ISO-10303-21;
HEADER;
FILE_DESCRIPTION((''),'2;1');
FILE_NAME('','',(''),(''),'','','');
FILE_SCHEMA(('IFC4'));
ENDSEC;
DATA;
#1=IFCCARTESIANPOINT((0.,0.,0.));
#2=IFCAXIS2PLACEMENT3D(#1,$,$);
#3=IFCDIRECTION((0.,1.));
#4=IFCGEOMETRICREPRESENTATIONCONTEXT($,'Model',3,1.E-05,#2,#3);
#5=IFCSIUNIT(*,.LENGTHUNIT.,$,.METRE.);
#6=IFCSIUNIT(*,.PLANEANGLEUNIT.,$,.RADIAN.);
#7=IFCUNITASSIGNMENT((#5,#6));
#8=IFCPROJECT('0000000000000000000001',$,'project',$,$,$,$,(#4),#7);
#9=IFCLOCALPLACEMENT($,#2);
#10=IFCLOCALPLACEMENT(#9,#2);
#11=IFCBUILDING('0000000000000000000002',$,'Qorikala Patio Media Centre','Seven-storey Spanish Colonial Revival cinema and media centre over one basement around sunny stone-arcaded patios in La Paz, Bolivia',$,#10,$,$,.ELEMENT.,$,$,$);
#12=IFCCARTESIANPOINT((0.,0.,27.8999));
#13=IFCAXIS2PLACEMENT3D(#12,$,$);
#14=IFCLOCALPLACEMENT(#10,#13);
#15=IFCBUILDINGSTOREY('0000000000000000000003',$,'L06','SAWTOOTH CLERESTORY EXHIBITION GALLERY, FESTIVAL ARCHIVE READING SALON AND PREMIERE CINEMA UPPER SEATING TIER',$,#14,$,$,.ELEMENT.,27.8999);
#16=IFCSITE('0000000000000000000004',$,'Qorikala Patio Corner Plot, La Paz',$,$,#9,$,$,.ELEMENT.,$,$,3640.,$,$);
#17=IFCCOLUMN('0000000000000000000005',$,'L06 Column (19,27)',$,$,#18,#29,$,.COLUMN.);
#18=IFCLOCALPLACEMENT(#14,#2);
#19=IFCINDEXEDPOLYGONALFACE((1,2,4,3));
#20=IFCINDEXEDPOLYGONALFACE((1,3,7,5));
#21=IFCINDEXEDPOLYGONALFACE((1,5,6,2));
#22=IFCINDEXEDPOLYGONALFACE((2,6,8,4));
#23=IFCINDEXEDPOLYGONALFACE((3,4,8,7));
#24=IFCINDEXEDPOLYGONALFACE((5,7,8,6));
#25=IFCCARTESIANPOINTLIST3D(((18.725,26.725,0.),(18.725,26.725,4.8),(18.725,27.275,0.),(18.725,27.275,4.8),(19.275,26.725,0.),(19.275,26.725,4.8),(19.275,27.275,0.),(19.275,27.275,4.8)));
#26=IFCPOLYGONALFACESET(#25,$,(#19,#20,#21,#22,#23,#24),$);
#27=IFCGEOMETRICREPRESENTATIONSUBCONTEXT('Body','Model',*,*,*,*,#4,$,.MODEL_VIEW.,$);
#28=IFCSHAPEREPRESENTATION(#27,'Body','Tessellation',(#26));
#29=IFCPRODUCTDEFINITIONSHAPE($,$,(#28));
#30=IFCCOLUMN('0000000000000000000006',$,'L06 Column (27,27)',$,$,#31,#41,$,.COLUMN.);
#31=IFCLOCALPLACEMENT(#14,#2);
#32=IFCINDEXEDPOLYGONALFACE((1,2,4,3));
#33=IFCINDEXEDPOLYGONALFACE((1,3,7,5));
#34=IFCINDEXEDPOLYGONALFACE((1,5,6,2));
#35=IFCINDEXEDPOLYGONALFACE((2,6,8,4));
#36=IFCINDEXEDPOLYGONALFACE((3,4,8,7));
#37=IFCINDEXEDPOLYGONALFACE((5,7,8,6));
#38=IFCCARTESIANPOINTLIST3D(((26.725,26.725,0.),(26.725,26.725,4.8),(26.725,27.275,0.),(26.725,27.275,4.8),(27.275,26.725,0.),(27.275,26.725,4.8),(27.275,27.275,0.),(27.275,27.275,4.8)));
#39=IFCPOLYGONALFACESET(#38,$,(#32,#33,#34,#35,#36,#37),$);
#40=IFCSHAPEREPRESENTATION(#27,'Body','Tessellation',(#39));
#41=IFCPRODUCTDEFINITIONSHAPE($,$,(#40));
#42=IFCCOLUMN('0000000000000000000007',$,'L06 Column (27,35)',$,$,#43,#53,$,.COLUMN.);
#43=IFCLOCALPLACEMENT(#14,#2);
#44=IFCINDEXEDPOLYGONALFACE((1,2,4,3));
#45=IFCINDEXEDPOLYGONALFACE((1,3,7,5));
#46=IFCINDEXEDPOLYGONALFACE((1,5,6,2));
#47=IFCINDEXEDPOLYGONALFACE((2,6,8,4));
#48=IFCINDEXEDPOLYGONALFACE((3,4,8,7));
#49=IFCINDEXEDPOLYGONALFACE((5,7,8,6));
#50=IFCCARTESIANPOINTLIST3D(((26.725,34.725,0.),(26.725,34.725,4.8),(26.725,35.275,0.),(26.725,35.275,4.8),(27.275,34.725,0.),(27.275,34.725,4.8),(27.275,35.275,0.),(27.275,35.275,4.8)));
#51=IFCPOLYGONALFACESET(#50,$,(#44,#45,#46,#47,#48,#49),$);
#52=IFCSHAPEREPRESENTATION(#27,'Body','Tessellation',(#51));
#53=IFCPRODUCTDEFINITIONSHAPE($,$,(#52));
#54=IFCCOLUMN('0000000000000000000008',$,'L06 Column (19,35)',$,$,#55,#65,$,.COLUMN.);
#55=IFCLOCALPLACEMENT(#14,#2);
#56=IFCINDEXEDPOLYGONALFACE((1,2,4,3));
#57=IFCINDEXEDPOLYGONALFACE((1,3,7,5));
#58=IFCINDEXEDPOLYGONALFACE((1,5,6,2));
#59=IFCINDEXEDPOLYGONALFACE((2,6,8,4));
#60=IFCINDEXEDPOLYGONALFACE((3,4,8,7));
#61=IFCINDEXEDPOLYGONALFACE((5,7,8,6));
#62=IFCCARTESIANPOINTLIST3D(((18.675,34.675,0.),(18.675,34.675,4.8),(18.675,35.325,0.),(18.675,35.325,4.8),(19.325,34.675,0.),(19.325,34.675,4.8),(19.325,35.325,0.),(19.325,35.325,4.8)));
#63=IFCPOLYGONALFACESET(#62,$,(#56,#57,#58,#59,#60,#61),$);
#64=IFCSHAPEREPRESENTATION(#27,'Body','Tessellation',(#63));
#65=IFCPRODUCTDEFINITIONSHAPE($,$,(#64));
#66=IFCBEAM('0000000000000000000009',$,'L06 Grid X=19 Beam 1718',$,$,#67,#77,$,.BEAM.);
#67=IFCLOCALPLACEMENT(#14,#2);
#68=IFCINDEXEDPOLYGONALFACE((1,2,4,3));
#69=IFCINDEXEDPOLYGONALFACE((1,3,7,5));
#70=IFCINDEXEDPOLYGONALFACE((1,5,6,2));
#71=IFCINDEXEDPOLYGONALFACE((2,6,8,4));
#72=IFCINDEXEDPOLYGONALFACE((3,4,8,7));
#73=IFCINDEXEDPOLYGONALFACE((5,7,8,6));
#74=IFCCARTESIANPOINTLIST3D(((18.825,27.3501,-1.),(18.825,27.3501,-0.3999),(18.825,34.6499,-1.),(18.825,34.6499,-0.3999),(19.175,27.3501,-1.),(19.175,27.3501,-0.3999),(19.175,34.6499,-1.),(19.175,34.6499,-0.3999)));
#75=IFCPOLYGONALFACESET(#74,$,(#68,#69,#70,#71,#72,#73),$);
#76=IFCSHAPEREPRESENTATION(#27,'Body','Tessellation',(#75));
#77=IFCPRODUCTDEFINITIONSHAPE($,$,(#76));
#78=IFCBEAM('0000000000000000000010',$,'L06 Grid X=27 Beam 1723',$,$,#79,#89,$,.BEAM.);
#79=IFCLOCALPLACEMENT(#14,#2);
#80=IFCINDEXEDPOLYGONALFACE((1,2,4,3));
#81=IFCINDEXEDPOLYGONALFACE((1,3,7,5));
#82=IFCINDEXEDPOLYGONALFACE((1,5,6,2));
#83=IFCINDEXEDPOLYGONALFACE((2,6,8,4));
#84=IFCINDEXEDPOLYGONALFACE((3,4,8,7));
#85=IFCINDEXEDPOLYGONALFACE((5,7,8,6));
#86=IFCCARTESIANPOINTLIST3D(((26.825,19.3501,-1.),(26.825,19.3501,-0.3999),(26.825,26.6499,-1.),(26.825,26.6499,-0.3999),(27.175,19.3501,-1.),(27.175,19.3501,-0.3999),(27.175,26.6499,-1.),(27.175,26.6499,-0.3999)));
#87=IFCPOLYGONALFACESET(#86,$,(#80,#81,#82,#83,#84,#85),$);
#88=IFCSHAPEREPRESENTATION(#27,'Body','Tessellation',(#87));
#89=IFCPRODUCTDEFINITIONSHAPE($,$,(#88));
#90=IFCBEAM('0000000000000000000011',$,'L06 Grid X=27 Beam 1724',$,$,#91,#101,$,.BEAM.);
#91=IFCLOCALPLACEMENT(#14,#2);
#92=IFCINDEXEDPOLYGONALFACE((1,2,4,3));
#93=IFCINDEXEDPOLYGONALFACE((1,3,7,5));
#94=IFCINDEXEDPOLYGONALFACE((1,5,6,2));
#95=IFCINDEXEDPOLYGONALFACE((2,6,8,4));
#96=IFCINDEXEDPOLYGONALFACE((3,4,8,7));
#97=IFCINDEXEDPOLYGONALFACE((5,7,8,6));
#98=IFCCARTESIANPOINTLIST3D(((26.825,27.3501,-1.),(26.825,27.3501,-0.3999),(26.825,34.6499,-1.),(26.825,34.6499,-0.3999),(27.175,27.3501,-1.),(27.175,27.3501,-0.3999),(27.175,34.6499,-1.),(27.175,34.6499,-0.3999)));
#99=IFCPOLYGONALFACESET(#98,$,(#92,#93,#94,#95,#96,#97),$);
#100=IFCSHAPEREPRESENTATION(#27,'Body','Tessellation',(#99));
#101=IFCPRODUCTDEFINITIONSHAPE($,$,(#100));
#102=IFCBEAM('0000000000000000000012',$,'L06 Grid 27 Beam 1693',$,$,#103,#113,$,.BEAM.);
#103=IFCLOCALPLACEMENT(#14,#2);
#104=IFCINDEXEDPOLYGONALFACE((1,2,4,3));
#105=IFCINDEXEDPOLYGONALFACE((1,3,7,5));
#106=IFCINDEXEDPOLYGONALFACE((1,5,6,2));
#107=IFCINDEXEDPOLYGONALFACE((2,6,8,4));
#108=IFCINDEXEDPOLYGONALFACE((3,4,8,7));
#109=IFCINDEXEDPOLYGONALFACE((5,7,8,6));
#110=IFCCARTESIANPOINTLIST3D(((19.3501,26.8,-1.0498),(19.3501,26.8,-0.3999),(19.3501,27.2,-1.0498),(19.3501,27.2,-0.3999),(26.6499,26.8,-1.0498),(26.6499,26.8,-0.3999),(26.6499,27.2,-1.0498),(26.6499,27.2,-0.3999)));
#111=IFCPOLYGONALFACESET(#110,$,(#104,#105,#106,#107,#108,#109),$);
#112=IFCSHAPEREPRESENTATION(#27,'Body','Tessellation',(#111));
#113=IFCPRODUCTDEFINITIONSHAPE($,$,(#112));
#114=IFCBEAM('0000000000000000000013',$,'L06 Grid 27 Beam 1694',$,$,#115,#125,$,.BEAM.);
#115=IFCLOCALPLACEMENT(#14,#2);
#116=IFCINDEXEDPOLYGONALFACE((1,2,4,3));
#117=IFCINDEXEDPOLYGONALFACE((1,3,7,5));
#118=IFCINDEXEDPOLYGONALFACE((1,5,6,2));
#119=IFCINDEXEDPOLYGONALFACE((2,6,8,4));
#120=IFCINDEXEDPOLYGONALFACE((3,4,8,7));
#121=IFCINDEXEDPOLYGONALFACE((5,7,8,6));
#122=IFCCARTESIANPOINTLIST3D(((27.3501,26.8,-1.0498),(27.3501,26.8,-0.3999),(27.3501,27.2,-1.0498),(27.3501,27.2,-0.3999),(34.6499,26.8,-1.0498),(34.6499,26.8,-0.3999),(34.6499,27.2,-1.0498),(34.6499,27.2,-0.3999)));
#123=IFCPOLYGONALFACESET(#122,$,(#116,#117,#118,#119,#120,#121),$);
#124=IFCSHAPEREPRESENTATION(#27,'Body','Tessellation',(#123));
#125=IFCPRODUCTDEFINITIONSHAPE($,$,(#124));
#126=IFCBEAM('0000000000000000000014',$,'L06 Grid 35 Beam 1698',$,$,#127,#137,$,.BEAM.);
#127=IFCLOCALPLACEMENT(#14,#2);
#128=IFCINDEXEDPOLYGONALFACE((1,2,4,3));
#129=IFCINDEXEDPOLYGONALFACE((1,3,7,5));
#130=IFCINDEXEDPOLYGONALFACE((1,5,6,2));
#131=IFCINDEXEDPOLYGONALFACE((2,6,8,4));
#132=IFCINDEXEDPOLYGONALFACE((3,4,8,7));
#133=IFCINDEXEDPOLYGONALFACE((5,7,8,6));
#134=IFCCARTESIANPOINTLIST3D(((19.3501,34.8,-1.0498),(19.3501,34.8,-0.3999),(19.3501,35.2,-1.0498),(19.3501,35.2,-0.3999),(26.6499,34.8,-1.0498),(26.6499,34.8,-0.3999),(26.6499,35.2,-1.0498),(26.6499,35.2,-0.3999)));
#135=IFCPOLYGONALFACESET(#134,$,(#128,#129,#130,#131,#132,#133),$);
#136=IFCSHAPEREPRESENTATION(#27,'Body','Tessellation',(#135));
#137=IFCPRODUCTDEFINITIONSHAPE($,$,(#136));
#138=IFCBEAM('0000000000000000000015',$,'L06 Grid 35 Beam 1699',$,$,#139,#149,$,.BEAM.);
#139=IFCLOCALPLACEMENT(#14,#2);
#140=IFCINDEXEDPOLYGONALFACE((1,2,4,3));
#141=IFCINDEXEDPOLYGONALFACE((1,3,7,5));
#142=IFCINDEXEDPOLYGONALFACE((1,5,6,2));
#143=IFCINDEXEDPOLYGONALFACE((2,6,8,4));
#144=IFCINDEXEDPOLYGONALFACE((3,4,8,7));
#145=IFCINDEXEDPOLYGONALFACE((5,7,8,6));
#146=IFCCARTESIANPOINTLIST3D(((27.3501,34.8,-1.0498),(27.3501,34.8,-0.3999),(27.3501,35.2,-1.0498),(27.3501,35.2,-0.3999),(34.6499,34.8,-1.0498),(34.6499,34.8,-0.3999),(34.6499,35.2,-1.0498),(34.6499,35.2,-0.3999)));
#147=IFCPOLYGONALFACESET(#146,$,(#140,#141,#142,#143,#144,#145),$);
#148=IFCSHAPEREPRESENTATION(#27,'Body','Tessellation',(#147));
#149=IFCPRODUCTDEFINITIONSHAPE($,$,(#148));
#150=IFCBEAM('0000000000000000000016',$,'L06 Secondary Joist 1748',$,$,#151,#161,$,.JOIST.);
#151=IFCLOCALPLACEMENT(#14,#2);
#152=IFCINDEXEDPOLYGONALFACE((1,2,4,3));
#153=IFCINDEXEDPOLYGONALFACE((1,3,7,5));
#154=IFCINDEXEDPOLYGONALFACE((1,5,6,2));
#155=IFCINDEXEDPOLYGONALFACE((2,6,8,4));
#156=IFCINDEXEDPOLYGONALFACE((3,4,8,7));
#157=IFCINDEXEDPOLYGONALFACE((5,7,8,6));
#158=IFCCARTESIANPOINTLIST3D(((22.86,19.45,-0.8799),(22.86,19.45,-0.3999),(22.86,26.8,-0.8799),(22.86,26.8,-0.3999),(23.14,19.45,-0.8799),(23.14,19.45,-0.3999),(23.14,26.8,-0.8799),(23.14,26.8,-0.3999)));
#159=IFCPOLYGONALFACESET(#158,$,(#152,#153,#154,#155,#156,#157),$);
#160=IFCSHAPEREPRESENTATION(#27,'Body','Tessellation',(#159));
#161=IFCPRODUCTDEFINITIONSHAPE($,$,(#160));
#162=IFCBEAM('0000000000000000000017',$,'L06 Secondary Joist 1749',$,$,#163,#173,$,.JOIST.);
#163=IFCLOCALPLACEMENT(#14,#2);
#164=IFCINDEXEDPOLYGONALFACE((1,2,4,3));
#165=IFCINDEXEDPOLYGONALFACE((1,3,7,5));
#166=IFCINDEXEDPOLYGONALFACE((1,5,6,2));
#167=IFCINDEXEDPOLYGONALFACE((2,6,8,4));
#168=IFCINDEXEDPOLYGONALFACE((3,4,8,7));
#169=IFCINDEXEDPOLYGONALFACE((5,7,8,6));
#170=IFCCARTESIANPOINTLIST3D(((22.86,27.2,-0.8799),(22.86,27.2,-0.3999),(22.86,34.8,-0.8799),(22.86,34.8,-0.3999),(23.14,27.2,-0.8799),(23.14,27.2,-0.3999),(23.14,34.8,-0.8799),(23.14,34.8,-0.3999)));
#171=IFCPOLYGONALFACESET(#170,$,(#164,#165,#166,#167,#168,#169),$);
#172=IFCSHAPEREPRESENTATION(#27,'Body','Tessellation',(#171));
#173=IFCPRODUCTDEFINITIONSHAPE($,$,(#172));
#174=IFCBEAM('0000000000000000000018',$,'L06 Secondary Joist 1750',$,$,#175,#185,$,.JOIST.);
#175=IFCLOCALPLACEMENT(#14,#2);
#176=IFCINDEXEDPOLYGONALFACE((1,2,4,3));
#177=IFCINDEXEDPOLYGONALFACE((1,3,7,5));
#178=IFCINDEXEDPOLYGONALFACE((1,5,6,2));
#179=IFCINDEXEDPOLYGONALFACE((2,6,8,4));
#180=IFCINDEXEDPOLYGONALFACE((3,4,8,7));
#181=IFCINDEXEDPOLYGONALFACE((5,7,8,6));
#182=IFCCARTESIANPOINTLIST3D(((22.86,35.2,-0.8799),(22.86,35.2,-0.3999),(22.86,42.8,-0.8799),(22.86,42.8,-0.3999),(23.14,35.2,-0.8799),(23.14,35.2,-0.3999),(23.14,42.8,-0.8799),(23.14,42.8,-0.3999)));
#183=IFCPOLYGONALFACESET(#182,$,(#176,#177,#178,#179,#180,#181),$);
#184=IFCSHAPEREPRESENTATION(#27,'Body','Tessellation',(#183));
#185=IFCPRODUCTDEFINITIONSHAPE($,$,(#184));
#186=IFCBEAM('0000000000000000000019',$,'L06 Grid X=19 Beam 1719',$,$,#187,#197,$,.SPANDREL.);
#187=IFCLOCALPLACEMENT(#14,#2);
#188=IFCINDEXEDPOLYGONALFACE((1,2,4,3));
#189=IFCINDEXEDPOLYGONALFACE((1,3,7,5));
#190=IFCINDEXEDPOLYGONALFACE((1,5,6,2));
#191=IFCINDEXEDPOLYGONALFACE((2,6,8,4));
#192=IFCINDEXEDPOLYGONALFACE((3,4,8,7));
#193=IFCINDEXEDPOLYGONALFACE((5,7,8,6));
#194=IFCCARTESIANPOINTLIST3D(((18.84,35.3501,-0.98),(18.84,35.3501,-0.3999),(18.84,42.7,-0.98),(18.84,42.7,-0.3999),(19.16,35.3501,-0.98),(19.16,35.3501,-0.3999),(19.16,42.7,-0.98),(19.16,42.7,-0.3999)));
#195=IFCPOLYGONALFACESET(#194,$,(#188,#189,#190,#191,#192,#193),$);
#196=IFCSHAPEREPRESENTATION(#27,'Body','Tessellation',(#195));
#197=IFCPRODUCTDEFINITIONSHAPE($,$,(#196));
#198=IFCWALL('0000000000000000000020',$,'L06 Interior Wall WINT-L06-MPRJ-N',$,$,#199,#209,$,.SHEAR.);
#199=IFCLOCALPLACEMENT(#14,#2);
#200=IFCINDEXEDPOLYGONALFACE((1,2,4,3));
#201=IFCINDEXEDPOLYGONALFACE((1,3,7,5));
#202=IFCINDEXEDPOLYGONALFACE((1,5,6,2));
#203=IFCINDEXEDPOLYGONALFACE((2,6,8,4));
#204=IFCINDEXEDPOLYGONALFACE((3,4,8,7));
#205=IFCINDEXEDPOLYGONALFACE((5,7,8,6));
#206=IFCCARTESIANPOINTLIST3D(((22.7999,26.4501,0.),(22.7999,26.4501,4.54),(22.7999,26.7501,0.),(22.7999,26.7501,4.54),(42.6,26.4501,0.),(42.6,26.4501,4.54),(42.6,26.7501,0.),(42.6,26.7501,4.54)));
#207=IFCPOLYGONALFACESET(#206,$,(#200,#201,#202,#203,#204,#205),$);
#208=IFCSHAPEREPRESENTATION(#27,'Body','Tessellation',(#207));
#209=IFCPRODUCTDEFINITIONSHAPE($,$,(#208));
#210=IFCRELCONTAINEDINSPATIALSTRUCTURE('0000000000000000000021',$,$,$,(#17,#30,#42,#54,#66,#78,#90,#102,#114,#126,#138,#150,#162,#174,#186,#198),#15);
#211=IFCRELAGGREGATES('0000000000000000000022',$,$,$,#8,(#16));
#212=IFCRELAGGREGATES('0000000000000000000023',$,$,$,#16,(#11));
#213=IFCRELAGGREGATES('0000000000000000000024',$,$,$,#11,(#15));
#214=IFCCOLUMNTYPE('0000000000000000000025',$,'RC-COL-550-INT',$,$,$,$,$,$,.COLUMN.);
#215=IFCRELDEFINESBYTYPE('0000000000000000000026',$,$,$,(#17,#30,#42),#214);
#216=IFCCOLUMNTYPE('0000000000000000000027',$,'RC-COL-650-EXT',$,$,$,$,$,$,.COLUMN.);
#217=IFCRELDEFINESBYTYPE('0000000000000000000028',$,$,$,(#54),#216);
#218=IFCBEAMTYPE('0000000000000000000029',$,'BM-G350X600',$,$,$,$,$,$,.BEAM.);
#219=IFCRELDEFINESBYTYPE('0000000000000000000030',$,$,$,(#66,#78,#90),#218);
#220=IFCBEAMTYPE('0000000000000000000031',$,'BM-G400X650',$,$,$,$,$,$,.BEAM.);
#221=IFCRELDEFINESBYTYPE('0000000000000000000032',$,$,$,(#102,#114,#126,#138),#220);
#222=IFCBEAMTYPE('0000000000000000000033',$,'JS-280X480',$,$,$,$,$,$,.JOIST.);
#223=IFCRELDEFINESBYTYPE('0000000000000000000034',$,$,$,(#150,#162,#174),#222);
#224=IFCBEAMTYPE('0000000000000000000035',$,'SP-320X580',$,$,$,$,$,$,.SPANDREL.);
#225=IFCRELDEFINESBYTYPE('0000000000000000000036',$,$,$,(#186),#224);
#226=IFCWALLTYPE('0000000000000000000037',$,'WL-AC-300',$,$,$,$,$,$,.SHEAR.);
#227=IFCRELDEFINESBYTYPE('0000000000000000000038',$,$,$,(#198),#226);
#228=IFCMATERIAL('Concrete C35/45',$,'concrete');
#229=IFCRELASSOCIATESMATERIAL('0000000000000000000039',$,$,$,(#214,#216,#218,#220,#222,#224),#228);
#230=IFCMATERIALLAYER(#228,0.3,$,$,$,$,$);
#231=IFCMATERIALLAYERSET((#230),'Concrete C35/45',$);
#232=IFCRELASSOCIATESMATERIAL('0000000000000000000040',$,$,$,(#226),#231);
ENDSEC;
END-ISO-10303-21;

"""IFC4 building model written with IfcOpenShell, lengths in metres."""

from ifc_helpers import new_model, si_unit, direction, frame, frame_2d, origin, origin_2d, place, context, subcontext, project, spatial, rectangle, extrude, material, layer, layer_set, material_profile, profile_set, type_object, element, save


model = new_model("IFC4")

# Units and contexts
model_context = context("Model", 3, precision=1e-05, world=origin(), true_north=direction((0.0, 1.0)))
body_context = subcontext(model_context, "Body", "Model", "MODEL_VIEW")
ifc_project = project(units=[si_unit("LENGTHUNIT", "METRE"), si_unit("PLANEANGLEUNIT", "RADIAN")], contexts=[model_context])

# Site, building, storey
site_placement = place(None, origin())
site = spatial("IfcSite", under=ifc_project, at=site_placement, Name="Qorikala Patio Corner Plot, La Paz", CompositionType="ELEMENT", RefElevation=3640.0)
building_placement = place(site_placement, origin())
building = spatial("IfcBuilding", under=site, at=building_placement, Name="Qorikala Patio Media Centre", Description="Seven-storey Spanish Colonial Revival cinema and media centre over one basement around sunny stone-arcaded patios in La Paz, Bolivia", CompositionType="ELEMENT")
storey_placement = place(building_placement, frame((0.0, 0.0, 27.8999)))
storey = spatial("IfcBuildingStorey", under=building, at=storey_placement, Name="L06", Description="SAWTOOTH CLERESTORY EXHIBITION GALLERY, FESTIVAL ARCHIVE READING SALON AND PREMIERE CINEMA UPPER SEATING TIER", CompositionType="ELEMENT", Elevation=27.8999)

# Columns
ifc_material_1 = material(Name="Concrete C35/45", Category="concrete")
ifc_material_profile_1 = material_profile(ifc_material_1, rectangle(XDim=0.55, YDim=0.55, at=origin_2d()), Name="RC 550x550")
ifc_profile_set_1 = profile_set([ifc_material_profile_1], Name="Concrete C35/45")
column_type_1 = type_object("IfcColumnType", Name="RC-COL-550-INT", PredefinedType="COLUMN", material=ifc_profile_set_1)
for number, where, z_axis, x_axis, name in (
    (1, (19.0, 27.0, 0.0), (0.0, 0.0, 1.0), (1.0, 0.0, 0.0), "L06 Column (19,27)"),
    (2, (27.0, 27.0, 0.0), (0.0, 0.0, 1.0), (1.0, 0.0, 0.0), "L06 Column (27,27)"),
    (3, (27.0, 35.0, 0.0), (0.0, 0.0, 1.0), (1.0, 0.0, 0.0), "L06 Column (27,35)"),
):
    element("IfcColumn", number, at=place(storey_placement, frame(where, z_axis=z_axis, x_axis=x_axis)), inside=storey, type_object=column_type_1, Name=name, PredefinedType="COLUMN", context=body_context, shape_type="SweptSolid", body=[
        extrude(rectangle(XDim=0.55, YDim=0.55, at=origin_2d()), origin(), (0.0, 0.0, 1.0), 4.8),
    ])
ifc_material_profile_2 = material_profile(ifc_material_1, rectangle(XDim=0.6499, YDim=0.6499, at=origin_2d()), Name="RC 650x650")
ifc_profile_set_2 = profile_set([ifc_material_profile_2], Name="Concrete C35/45")
column_type_2 = type_object("IfcColumnType", Name="RC-COL-650-EXT", PredefinedType="COLUMN", material=ifc_profile_set_2)
column_placement = place(storey_placement, frame((19.0, 35.0, 0.0), z_axis=(0.0, 0.0, 1.0), x_axis=(1.0, 0.0, 0.0)))
element("IfcColumn", 4, at=column_placement, inside=storey, type_object=column_type_2, Name="L06 Column (19,35)", PredefinedType="COLUMN", context=body_context, shape_type="SweptSolid", body=[
    extrude(rectangle(XDim=0.6499, YDim=0.6499, at=origin_2d()), origin(), (0.0, 0.0, 1.0), 4.8),
])

# Beams
ifc_material_profile_3 = material_profile(ifc_material_1, rectangle(XDim=0.3501, YDim=0.6001, at=origin_2d()), Name="RC 350x600")
ifc_profile_set_3 = profile_set([ifc_material_profile_3], Name="Concrete C35/45")
beam_type_1 = type_object("IfcBeamType", Name="BM-G350X600", PredefinedType="BEAM", material=ifc_profile_set_3)
for number, where, z_axis, x_axis, name in (
    (5, (19.0, 27.3501, -0.7), (0.0, 1.0, 0.0), (-1.0, 0.0, 0.0), "L06 Grid X=19 Beam 1718"),
    (6, (27.0, 19.3501, -0.7), (0.0, 1.0, 0.0), (-1.0, 0.0, 0.0), "L06 Grid X=27 Beam 1723"),
    (7, (27.0, 27.3501, -0.7), (0.0, 1.0, 0.0), (-1.0, 0.0, 0.0), "L06 Grid X=27 Beam 1724"),
):
    element("IfcBeam", number, at=place(storey_placement, frame(where, z_axis=z_axis, x_axis=x_axis)), inside=storey, type_object=beam_type_1, Name=name, PredefinedType="BEAM", context=body_context, shape_type="SweptSolid", body=[
        extrude(rectangle(XDim=0.3501, YDim=0.6001, at=origin_2d()), origin(), (0.0, 0.0, 1.0), 7.2998),
    ])
ifc_material_profile_4 = material_profile(ifc_material_1, rectangle(XDim=0.3999, YDim=0.6499, at=origin_2d()), Name="RC 400x650")
ifc_profile_set_4 = profile_set([ifc_material_profile_4], Name="Concrete C35/45")
beam_type_2 = type_object("IfcBeamType", Name="BM-G400X650", PredefinedType="BEAM", material=ifc_profile_set_4)
for number, where, z_axis, x_axis, name in (
    (8, (19.3501, 27.0, -0.7249), (1.0, 0.0, 0.0), (0.0, 1.0, 0.0), "L06 Grid 27 Beam 1693"),
    (9, (27.3501, 27.0, -0.7249), (1.0, 0.0, 0.0), (0.0, 1.0, 0.0), "L06 Grid 27 Beam 1694"),
    (10, (19.3501, 35.0, -0.7249), (1.0, 0.0, 0.0), (0.0, 1.0, 0.0), "L06 Grid 35 Beam 1698"),
    (11, (27.3501, 35.0, -0.7249), (1.0, 0.0, 0.0), (0.0, 1.0, 0.0), "L06 Grid 35 Beam 1699"),
):
    element("IfcBeam", number, at=place(storey_placement, frame(where, z_axis=z_axis, x_axis=x_axis)), inside=storey, type_object=beam_type_2, Name=name, PredefinedType="BEAM", context=body_context, shape_type="SweptSolid", body=[
        extrude(rectangle(XDim=0.3999, YDim=0.6499, at=origin_2d()), origin(), (0.0, 0.0, 1.0), 7.2998),
    ])
ifc_material_profile_5 = material_profile(ifc_material_1, rectangle(XDim=0.28, YDim=0.48, at=origin_2d()), Name="RC 280x480")
ifc_profile_set_5 = profile_set([ifc_material_profile_5], Name="Concrete C35/45")
beam_type_3 = type_object("IfcBeamType", Name="JS-280X480", PredefinedType="JOIST", material=ifc_profile_set_5)
beam_1_placement = place(storey_placement, frame((23.0, 19.45, -0.6399), z_axis=(0.0, 1.0, 0.0), x_axis=(-1.0, 0.0, 0.0)))
element("IfcBeam", 12, at=beam_1_placement, inside=storey, type_object=beam_type_3, Name="L06 Secondary Joist 1748", PredefinedType="JOIST", context=body_context, shape_type="SweptSolid", body=[
    extrude(rectangle(XDim=0.28, YDim=0.48, at=origin_2d()), origin(), (0.0, 0.0, 1.0), 7.3501),
])
for number, where, z_axis, x_axis, name in (
    (13, (23.0, 27.2, -0.6399), (0.0, 1.0, 0.0), (-1.0, 0.0, 0.0), "L06 Secondary Joist 1749"),
    (14, (23.0, 35.2, -0.6399), (0.0, 1.0, 0.0), (-1.0, 0.0, 0.0), "L06 Secondary Joist 1750"),
):
    element("IfcBeam", number, at=place(storey_placement, frame(where, z_axis=z_axis, x_axis=x_axis)), inside=storey, type_object=beam_type_3, Name=name, PredefinedType="JOIST", context=body_context, shape_type="SweptSolid", body=[
        extrude(rectangle(XDim=0.28, YDim=0.48, at=origin_2d()), origin(), (0.0, 0.0, 1.0), 7.6001),
    ])
ifc_material_profile_6 = material_profile(ifc_material_1, rectangle(XDim=0.3201, YDim=0.5801, at=origin_2d()), Name="RC 320x580")
ifc_profile_set_6 = profile_set([ifc_material_profile_6], Name="Concrete C35/45")
beam_type_4 = type_object("IfcBeamType", Name="SP-320X580", PredefinedType="SPANDREL", material=ifc_profile_set_6)
beam_2_placement = place(storey_placement, frame((19.0, 35.3501, -0.6899), z_axis=(0.0, 1.0, 0.0), x_axis=(-1.0, 0.0, 0.0)))
element("IfcBeam", 15, at=beam_2_placement, inside=storey, type_object=beam_type_4, Name="L06 Grid X=19 Beam 1719", PredefinedType="SPANDREL", context=body_context, shape_type="SweptSolid", body=[
    extrude(rectangle(XDim=0.3201, YDim=0.5801, at=origin_2d()), origin(), (0.0, 0.0, 1.0), 7.3499),
])

# Wall
ifc_layer_1 = layer(ifc_material_1, 0.3)
ifc_layer_set_1 = layer_set([ifc_layer_1], Name="Concrete C35/45")
wall_type_1 = type_object("IfcWallType", Name="WL-AC-300", PredefinedType="SHEAR", material=ifc_layer_set_1)
wall_1_placement = place(storey_placement, frame((22.8, 26.6001, 0.0), z_axis=(0.0, 0.0, 1.0), x_axis=(1.0, 0.0, 0.0)))
element("IfcWall", 16, at=wall_1_placement, inside=storey, type_object=wall_type_1, Name="L06 Interior Wall WINT-L06-MPRJ-N", PredefinedType="SHEAR", context=body_context, shape_type="SweptSolid", body=[
    extrude(rectangle(XDim=19.8, YDim=0.3, at=frame_2d((9.8999, 0.0))), origin(), (0.0, 0.0, 1.0), 4.54),
])

save(model, "model.ifc")
